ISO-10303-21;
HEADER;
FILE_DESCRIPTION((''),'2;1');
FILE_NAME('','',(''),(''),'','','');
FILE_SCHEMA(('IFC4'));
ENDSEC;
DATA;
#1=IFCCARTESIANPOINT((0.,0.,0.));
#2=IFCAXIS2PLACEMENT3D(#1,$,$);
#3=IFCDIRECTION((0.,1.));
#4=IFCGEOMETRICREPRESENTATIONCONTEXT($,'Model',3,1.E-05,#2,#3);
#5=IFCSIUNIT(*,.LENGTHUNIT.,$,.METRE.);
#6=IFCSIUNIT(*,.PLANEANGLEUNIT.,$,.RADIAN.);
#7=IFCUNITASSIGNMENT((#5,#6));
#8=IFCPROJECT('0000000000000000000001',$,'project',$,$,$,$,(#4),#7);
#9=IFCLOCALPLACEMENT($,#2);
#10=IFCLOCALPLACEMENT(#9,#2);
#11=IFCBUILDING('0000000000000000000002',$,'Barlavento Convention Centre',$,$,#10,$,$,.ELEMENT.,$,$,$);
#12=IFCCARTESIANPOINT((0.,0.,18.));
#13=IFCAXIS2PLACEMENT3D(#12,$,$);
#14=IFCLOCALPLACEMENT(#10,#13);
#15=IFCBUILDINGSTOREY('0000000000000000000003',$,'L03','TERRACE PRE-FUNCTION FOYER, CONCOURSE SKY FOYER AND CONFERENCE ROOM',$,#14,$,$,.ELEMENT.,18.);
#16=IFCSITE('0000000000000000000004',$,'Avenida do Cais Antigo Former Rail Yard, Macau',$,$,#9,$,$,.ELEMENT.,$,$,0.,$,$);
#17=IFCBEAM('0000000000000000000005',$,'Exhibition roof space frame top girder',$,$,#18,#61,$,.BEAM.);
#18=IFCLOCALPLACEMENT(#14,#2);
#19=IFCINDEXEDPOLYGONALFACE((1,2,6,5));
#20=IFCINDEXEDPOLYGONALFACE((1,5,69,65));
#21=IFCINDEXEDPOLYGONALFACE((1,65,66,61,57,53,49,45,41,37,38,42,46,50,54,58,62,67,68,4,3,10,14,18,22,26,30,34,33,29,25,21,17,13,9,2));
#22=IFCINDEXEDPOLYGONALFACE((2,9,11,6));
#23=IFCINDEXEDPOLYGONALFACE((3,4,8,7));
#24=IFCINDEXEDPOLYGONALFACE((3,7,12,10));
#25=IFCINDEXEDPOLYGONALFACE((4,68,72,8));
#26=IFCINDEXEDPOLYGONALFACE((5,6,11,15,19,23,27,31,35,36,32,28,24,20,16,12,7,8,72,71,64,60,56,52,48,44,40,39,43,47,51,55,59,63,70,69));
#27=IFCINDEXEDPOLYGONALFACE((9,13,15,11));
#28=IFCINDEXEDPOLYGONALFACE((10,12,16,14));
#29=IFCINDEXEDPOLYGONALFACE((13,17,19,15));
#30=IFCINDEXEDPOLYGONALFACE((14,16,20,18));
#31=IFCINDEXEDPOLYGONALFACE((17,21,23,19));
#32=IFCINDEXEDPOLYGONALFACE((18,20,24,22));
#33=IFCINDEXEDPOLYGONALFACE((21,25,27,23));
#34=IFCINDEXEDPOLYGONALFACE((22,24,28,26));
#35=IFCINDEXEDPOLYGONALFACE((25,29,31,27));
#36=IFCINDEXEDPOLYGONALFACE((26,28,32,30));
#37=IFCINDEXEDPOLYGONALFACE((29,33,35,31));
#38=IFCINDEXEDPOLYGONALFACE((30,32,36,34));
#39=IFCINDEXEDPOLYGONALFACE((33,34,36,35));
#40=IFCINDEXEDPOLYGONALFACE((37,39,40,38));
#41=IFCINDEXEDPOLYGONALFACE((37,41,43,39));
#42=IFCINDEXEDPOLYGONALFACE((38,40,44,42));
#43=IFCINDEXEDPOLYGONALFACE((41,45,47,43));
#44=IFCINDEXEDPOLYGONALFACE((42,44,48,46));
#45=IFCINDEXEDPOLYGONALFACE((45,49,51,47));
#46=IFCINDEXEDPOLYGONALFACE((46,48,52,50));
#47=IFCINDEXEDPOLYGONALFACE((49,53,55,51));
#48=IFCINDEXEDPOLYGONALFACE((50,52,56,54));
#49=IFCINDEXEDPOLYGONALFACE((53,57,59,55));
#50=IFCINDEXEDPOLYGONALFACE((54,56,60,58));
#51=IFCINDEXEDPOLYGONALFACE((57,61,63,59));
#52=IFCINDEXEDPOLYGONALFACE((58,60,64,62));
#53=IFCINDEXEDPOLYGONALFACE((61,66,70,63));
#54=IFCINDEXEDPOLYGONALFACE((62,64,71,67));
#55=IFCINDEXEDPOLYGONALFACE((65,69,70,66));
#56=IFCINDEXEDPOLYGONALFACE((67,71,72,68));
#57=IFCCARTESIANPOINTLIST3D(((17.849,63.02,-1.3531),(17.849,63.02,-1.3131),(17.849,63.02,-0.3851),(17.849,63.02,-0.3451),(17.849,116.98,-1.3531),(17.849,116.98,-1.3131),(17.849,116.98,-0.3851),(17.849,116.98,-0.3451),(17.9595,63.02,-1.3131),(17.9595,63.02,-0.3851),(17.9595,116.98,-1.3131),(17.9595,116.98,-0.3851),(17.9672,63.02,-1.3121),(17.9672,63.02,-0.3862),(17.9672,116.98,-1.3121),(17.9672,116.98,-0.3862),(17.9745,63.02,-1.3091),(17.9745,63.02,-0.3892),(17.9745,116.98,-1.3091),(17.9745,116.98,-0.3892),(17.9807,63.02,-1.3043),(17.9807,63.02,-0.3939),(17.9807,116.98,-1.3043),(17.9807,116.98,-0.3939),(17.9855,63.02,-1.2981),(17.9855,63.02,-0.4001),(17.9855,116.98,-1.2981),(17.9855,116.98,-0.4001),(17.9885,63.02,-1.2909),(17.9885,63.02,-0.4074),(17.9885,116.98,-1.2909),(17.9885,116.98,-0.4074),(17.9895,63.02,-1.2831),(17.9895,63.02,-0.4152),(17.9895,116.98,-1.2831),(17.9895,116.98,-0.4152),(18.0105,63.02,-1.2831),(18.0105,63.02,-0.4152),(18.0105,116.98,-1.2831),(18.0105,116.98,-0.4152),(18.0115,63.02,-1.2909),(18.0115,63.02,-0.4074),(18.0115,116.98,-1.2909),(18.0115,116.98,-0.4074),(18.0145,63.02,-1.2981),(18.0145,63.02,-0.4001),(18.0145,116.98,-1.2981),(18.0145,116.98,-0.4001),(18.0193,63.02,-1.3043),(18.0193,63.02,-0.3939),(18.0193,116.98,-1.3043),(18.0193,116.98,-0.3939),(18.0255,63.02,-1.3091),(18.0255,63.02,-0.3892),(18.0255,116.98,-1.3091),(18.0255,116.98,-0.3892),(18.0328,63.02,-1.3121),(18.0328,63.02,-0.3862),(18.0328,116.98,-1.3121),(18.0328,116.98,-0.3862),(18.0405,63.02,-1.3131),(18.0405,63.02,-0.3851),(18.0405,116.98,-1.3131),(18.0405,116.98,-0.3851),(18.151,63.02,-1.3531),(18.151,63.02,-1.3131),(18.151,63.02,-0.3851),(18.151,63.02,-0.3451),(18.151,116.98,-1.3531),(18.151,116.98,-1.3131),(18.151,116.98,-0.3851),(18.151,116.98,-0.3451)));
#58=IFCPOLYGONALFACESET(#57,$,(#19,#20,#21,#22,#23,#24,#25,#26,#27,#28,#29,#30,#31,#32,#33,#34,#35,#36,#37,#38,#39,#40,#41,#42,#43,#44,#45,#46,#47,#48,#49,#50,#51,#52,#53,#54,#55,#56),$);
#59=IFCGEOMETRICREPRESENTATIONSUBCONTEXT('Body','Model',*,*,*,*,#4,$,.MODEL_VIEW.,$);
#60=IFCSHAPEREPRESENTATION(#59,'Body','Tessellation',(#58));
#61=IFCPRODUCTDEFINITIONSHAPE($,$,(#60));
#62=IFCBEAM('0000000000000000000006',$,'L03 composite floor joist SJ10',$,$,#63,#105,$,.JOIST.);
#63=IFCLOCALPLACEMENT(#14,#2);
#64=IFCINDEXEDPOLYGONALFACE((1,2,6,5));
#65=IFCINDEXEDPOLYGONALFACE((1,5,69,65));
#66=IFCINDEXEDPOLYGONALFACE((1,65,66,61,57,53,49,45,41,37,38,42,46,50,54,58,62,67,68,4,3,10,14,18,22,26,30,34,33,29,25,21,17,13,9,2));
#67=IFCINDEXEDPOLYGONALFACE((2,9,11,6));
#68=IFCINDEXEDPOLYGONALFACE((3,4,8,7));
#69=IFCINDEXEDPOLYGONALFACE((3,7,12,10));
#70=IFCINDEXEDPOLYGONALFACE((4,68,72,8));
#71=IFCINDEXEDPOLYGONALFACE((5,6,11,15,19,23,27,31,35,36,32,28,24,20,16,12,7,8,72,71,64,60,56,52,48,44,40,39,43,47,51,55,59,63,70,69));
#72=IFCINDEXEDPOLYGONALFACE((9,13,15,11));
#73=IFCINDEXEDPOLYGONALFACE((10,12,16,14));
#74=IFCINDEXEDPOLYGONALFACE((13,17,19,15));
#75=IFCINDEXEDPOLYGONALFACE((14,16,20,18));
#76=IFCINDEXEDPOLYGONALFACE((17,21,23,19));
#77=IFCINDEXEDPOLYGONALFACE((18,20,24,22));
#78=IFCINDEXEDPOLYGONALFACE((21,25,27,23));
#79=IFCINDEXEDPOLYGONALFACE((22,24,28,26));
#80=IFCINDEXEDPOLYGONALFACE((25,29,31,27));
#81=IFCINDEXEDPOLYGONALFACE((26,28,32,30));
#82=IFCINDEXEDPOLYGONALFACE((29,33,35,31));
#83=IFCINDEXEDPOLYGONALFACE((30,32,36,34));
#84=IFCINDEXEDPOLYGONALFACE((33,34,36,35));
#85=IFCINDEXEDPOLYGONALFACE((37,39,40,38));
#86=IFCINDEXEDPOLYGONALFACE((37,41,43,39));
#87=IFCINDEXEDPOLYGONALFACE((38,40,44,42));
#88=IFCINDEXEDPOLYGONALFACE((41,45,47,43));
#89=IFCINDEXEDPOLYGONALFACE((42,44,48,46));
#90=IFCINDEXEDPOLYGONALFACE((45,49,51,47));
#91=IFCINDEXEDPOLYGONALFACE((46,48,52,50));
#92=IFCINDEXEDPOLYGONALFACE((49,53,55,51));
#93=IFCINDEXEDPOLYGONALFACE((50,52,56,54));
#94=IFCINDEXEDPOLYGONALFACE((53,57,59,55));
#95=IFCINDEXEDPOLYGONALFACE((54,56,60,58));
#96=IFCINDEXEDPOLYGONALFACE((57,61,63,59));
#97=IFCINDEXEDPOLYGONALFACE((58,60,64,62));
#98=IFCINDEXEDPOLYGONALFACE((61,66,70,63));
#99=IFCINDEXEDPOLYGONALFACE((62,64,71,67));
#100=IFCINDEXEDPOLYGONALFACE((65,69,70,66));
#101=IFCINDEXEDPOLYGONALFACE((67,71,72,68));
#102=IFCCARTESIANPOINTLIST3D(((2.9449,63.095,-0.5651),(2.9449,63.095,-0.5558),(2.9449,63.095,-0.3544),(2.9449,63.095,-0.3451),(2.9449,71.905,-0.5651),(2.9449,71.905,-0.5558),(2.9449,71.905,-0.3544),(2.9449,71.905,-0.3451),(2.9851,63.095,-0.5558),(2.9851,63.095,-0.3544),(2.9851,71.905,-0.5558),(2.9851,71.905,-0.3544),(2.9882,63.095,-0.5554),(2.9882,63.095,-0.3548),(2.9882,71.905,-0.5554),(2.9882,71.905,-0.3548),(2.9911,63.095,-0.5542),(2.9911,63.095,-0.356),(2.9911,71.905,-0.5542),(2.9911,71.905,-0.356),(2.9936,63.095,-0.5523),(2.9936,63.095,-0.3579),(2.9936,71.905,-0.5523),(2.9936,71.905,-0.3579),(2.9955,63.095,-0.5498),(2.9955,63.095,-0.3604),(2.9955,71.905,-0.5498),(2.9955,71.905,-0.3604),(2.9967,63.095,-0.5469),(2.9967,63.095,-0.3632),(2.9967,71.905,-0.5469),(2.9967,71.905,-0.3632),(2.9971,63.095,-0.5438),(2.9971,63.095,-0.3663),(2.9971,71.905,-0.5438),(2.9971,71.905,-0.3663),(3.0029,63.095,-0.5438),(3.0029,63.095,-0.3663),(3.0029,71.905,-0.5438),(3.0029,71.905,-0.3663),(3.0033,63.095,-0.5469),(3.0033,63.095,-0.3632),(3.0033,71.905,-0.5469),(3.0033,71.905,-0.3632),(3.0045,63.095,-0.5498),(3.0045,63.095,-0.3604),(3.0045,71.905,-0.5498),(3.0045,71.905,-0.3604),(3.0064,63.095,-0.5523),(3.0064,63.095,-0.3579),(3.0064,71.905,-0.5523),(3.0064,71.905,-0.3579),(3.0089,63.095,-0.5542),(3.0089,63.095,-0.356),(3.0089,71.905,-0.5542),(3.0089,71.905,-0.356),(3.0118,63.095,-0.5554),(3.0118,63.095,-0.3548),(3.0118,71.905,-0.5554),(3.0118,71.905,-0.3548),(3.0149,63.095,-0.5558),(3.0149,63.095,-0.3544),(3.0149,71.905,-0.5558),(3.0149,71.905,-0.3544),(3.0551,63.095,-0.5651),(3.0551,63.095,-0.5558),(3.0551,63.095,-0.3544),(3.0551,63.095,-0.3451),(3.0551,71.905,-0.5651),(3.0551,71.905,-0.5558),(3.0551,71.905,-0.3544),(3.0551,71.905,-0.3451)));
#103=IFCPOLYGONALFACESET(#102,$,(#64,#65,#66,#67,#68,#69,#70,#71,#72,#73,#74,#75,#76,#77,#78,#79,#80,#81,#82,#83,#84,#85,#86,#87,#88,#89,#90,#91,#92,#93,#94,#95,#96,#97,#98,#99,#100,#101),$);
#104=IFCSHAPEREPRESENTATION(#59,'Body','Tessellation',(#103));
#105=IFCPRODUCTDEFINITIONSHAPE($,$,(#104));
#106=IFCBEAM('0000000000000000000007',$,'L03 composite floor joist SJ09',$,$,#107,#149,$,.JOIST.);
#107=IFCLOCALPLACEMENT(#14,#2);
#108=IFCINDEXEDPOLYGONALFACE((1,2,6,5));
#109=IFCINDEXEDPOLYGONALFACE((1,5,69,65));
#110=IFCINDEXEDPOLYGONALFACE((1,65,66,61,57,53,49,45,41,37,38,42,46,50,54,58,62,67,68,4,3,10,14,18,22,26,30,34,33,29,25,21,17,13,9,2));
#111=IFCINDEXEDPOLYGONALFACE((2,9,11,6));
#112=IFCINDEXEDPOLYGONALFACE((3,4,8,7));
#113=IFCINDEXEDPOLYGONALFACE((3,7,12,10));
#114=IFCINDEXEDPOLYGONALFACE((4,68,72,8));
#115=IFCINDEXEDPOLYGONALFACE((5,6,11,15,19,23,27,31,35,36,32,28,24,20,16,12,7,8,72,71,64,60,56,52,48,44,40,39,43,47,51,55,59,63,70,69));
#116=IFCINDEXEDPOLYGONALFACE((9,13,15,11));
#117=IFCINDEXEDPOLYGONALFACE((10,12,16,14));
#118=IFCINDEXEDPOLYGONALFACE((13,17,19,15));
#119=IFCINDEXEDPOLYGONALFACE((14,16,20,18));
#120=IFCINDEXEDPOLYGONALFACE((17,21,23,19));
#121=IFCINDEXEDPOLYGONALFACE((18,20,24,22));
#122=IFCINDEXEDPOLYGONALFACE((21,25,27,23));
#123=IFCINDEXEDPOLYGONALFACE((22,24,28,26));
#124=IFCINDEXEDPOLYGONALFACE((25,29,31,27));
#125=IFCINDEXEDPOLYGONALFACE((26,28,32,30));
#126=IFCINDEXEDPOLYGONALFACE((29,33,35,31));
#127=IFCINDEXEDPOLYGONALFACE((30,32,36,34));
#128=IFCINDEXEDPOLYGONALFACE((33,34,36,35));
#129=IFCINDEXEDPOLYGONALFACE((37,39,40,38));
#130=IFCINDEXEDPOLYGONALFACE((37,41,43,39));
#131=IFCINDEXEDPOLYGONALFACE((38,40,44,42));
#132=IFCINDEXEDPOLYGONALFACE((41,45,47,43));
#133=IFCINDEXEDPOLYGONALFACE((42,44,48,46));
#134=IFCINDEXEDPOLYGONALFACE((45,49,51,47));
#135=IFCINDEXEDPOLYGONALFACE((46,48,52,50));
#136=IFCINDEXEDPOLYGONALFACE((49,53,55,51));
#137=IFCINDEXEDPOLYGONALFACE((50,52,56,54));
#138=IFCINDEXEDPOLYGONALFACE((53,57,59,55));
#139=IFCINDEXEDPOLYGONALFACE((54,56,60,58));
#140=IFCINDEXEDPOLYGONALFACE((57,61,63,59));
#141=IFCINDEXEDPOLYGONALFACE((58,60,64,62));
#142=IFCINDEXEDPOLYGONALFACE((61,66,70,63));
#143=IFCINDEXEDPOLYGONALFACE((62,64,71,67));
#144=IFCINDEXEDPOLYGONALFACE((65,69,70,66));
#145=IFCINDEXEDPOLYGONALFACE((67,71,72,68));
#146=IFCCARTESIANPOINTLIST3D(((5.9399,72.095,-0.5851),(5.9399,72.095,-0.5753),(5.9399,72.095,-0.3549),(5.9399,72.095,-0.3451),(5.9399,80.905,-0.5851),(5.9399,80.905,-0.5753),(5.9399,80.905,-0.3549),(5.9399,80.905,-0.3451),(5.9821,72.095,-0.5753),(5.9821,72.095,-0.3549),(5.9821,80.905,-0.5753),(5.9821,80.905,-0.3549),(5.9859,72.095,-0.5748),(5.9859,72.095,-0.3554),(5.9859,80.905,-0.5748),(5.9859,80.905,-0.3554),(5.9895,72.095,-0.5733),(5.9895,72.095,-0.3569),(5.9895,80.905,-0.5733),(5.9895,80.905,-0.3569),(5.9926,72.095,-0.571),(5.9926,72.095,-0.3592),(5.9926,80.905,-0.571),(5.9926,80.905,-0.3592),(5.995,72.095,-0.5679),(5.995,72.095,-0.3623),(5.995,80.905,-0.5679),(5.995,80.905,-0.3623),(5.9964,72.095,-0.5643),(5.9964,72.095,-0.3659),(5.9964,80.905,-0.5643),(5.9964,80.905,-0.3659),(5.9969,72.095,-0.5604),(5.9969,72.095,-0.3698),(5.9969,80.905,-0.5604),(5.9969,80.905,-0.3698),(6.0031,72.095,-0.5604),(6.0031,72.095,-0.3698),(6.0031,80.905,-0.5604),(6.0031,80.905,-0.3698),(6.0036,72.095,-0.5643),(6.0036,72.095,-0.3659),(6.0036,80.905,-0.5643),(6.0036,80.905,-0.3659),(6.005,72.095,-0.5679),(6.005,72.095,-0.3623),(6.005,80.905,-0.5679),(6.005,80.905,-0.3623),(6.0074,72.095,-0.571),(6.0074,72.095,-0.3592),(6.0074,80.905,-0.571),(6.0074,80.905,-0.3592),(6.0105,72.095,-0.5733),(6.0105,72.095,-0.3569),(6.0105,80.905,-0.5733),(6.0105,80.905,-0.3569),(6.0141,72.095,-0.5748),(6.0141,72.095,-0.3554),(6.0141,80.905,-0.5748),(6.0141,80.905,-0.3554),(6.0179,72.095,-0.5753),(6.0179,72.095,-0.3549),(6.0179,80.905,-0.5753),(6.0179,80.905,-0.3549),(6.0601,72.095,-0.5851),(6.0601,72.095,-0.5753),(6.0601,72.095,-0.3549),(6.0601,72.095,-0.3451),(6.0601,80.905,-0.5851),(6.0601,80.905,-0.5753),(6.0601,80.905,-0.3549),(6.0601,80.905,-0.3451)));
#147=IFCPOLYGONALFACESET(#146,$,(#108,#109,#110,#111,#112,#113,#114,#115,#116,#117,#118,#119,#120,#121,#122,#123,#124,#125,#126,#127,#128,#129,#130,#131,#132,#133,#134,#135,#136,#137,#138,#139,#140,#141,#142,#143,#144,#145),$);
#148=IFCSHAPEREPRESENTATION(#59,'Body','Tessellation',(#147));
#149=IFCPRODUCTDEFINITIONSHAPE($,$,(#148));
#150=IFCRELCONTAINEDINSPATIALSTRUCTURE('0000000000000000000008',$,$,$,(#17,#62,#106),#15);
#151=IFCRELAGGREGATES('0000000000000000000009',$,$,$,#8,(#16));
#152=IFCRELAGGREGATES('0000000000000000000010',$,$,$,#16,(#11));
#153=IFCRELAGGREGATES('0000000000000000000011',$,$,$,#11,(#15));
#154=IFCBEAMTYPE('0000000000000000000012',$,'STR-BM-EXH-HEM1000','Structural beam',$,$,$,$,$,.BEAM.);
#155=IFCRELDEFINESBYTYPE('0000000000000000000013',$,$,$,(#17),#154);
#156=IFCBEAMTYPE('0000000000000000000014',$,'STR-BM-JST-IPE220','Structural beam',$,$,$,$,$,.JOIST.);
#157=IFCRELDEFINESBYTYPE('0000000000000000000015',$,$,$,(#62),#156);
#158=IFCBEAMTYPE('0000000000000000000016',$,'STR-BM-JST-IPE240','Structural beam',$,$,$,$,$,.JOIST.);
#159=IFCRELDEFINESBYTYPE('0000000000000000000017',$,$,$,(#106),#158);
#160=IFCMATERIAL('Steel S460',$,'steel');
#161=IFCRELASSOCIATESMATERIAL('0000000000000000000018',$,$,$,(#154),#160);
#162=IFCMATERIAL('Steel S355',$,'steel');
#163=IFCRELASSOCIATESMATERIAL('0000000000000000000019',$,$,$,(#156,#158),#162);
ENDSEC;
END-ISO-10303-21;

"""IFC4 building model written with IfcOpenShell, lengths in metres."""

from ifc_helpers import new_model, si_unit, direction, frame, origin, origin_2d, place, context, subcontext, project, spatial, i_section, extrude, material, material_profile, profile_set, type_object, element, save


model = new_model("IFC4")

# Units and contexts
model_context = context("Model", 3, precision=1e-05, world=origin(), true_north=direction((0.0, 1.0)))
body_context = subcontext(model_context, "Body", "Model", "MODEL_VIEW")
ifc_project = project(units=[si_unit("LENGTHUNIT", "METRE"), si_unit("PLANEANGLEUNIT", "RADIAN")], contexts=[model_context])

# Site, building, storey
site_placement = place(None, origin())
site = spatial("IfcSite", under=ifc_project, at=site_placement, Name="Avenida do Cais Antigo Former Rail Yard, Macau", CompositionType="ELEMENT", RefElevation=0.0)
building_placement = place(site_placement, origin())
building = spatial("IfcBuilding", under=site, at=building_placement, Name="Barlavento Convention Centre", CompositionType="ELEMENT")
storey_placement = place(building_placement, frame((0.0, 0.0, 18.0)))
storey = spatial("IfcBuildingStorey", under=building, at=storey_placement, Name="L03", Description="TERRACE PRE-FUNCTION FOYER, CONCOURSE SKY FOYER AND CONFERENCE ROOM", CompositionType="ELEMENT", Elevation=18.0)

# Beams
ifc_material_1 = material(Name="Steel S460", Category="steel")
ifc_material_profile_1 = material_profile(ifc_material_1, i_section(OverallWidth=0.302, OverallDepth=1.0081, WebThickness=0.021, FlangeThickness=0.04, FilletRadius=0.03, at=origin_2d()), Name="HEM 1000")
ifc_profile_set_1 = profile_set([ifc_material_profile_1], Name="Steel S460")
beam_type_1 = type_object("IfcBeamType", Name="STR-BM-EXH-HEM1000", Description="Structural beam", PredefinedType="BEAM", material=ifc_profile_set_1)
beam_1_placement = place(storey_placement, frame((18.0, 63.02, -0.8491), z_axis=(0.0, 1.0, 0.0), x_axis=(-1.0, 0.0, 0.0)))
element("IfcBeam", 1, at=beam_1_placement, inside=storey, type_object=beam_type_1, Name="Exhibition roof space frame top girder", PredefinedType="BEAM", context=body_context, shape_type="SweptSolid", body=[
    extrude(i_section(OverallWidth=0.302, OverallDepth=1.0081, WebThickness=0.021, FlangeThickness=0.04, FilletRadius=0.03, at=origin_2d()), origin(), (0.0, 0.0, 1.0), 53.96),
])
ifc_material_2 = material(Name="Steel S355", Category="steel")
ifc_material_profile_2 = material_profile(ifc_material_2, i_section(OverallWidth=0.1101, OverallDepth=0.22, WebThickness=0.0059, FlangeThickness=0.0093, FilletRadius=0.012, at=origin_2d()), Name="IPE 220")
ifc_profile_set_2 = profile_set([ifc_material_profile_2], Name="Steel S355")
beam_type_2 = type_object("IfcBeamType", Name="STR-BM-JST-IPE220", Description="Structural beam", PredefinedType="JOIST", material=ifc_profile_set_2)
beam_2_placement = place(storey_placement, frame((3.0, 63.095, -0.4551), z_axis=(0.0, 1.0, 0.0), x_axis=(-1.0, 0.0, 0.0)))
element("IfcBeam", 2, at=beam_2_placement, inside=storey, type_object=beam_type_2, Name="L03 composite floor joist SJ10", PredefinedType="JOIST", context=body_context, shape_type="SweptSolid", body=[
    extrude(i_section(OverallWidth=0.1101, OverallDepth=0.22, WebThickness=0.0059, FlangeThickness=0.0093, FilletRadius=0.012, at=origin_2d()), origin(), (0.0, 0.0, 1.0), 8.8101),
])
ifc_material_profile_3 = material_profile(ifc_material_2, i_section(OverallWidth=0.1201, OverallDepth=0.24, WebThickness=0.0061, FlangeThickness=0.0098, FilletRadius=0.0149, at=origin_2d()), Name="IPE 240")
ifc_profile_set_3 = profile_set([ifc_material_profile_3], Name="Steel S355")
beam_type_3 = type_object("IfcBeamType", Name="STR-BM-JST-IPE240", Description="Structural beam", PredefinedType="JOIST", material=ifc_profile_set_3)
beam_3_placement = place(storey_placement, frame((6.0, 72.095, -0.4651), z_axis=(0.0, 1.0, 0.0), x_axis=(-1.0, 0.0, 0.0)))
element("IfcBeam", 3, at=beam_3_placement, inside=storey, type_object=beam_type_3, Name="L03 composite floor joist SJ09", PredefinedType="JOIST", context=body_context, shape_type="SweptSolid", body=[
    extrude(i_section(OverallWidth=0.1201, OverallDepth=0.24, WebThickness=0.0061, FlangeThickness=0.0098, FilletRadius=0.0149, at=origin_2d()), origin(), (0.0, 0.0, 1.0), 8.8101),
])

save(model, "model.ifc")
